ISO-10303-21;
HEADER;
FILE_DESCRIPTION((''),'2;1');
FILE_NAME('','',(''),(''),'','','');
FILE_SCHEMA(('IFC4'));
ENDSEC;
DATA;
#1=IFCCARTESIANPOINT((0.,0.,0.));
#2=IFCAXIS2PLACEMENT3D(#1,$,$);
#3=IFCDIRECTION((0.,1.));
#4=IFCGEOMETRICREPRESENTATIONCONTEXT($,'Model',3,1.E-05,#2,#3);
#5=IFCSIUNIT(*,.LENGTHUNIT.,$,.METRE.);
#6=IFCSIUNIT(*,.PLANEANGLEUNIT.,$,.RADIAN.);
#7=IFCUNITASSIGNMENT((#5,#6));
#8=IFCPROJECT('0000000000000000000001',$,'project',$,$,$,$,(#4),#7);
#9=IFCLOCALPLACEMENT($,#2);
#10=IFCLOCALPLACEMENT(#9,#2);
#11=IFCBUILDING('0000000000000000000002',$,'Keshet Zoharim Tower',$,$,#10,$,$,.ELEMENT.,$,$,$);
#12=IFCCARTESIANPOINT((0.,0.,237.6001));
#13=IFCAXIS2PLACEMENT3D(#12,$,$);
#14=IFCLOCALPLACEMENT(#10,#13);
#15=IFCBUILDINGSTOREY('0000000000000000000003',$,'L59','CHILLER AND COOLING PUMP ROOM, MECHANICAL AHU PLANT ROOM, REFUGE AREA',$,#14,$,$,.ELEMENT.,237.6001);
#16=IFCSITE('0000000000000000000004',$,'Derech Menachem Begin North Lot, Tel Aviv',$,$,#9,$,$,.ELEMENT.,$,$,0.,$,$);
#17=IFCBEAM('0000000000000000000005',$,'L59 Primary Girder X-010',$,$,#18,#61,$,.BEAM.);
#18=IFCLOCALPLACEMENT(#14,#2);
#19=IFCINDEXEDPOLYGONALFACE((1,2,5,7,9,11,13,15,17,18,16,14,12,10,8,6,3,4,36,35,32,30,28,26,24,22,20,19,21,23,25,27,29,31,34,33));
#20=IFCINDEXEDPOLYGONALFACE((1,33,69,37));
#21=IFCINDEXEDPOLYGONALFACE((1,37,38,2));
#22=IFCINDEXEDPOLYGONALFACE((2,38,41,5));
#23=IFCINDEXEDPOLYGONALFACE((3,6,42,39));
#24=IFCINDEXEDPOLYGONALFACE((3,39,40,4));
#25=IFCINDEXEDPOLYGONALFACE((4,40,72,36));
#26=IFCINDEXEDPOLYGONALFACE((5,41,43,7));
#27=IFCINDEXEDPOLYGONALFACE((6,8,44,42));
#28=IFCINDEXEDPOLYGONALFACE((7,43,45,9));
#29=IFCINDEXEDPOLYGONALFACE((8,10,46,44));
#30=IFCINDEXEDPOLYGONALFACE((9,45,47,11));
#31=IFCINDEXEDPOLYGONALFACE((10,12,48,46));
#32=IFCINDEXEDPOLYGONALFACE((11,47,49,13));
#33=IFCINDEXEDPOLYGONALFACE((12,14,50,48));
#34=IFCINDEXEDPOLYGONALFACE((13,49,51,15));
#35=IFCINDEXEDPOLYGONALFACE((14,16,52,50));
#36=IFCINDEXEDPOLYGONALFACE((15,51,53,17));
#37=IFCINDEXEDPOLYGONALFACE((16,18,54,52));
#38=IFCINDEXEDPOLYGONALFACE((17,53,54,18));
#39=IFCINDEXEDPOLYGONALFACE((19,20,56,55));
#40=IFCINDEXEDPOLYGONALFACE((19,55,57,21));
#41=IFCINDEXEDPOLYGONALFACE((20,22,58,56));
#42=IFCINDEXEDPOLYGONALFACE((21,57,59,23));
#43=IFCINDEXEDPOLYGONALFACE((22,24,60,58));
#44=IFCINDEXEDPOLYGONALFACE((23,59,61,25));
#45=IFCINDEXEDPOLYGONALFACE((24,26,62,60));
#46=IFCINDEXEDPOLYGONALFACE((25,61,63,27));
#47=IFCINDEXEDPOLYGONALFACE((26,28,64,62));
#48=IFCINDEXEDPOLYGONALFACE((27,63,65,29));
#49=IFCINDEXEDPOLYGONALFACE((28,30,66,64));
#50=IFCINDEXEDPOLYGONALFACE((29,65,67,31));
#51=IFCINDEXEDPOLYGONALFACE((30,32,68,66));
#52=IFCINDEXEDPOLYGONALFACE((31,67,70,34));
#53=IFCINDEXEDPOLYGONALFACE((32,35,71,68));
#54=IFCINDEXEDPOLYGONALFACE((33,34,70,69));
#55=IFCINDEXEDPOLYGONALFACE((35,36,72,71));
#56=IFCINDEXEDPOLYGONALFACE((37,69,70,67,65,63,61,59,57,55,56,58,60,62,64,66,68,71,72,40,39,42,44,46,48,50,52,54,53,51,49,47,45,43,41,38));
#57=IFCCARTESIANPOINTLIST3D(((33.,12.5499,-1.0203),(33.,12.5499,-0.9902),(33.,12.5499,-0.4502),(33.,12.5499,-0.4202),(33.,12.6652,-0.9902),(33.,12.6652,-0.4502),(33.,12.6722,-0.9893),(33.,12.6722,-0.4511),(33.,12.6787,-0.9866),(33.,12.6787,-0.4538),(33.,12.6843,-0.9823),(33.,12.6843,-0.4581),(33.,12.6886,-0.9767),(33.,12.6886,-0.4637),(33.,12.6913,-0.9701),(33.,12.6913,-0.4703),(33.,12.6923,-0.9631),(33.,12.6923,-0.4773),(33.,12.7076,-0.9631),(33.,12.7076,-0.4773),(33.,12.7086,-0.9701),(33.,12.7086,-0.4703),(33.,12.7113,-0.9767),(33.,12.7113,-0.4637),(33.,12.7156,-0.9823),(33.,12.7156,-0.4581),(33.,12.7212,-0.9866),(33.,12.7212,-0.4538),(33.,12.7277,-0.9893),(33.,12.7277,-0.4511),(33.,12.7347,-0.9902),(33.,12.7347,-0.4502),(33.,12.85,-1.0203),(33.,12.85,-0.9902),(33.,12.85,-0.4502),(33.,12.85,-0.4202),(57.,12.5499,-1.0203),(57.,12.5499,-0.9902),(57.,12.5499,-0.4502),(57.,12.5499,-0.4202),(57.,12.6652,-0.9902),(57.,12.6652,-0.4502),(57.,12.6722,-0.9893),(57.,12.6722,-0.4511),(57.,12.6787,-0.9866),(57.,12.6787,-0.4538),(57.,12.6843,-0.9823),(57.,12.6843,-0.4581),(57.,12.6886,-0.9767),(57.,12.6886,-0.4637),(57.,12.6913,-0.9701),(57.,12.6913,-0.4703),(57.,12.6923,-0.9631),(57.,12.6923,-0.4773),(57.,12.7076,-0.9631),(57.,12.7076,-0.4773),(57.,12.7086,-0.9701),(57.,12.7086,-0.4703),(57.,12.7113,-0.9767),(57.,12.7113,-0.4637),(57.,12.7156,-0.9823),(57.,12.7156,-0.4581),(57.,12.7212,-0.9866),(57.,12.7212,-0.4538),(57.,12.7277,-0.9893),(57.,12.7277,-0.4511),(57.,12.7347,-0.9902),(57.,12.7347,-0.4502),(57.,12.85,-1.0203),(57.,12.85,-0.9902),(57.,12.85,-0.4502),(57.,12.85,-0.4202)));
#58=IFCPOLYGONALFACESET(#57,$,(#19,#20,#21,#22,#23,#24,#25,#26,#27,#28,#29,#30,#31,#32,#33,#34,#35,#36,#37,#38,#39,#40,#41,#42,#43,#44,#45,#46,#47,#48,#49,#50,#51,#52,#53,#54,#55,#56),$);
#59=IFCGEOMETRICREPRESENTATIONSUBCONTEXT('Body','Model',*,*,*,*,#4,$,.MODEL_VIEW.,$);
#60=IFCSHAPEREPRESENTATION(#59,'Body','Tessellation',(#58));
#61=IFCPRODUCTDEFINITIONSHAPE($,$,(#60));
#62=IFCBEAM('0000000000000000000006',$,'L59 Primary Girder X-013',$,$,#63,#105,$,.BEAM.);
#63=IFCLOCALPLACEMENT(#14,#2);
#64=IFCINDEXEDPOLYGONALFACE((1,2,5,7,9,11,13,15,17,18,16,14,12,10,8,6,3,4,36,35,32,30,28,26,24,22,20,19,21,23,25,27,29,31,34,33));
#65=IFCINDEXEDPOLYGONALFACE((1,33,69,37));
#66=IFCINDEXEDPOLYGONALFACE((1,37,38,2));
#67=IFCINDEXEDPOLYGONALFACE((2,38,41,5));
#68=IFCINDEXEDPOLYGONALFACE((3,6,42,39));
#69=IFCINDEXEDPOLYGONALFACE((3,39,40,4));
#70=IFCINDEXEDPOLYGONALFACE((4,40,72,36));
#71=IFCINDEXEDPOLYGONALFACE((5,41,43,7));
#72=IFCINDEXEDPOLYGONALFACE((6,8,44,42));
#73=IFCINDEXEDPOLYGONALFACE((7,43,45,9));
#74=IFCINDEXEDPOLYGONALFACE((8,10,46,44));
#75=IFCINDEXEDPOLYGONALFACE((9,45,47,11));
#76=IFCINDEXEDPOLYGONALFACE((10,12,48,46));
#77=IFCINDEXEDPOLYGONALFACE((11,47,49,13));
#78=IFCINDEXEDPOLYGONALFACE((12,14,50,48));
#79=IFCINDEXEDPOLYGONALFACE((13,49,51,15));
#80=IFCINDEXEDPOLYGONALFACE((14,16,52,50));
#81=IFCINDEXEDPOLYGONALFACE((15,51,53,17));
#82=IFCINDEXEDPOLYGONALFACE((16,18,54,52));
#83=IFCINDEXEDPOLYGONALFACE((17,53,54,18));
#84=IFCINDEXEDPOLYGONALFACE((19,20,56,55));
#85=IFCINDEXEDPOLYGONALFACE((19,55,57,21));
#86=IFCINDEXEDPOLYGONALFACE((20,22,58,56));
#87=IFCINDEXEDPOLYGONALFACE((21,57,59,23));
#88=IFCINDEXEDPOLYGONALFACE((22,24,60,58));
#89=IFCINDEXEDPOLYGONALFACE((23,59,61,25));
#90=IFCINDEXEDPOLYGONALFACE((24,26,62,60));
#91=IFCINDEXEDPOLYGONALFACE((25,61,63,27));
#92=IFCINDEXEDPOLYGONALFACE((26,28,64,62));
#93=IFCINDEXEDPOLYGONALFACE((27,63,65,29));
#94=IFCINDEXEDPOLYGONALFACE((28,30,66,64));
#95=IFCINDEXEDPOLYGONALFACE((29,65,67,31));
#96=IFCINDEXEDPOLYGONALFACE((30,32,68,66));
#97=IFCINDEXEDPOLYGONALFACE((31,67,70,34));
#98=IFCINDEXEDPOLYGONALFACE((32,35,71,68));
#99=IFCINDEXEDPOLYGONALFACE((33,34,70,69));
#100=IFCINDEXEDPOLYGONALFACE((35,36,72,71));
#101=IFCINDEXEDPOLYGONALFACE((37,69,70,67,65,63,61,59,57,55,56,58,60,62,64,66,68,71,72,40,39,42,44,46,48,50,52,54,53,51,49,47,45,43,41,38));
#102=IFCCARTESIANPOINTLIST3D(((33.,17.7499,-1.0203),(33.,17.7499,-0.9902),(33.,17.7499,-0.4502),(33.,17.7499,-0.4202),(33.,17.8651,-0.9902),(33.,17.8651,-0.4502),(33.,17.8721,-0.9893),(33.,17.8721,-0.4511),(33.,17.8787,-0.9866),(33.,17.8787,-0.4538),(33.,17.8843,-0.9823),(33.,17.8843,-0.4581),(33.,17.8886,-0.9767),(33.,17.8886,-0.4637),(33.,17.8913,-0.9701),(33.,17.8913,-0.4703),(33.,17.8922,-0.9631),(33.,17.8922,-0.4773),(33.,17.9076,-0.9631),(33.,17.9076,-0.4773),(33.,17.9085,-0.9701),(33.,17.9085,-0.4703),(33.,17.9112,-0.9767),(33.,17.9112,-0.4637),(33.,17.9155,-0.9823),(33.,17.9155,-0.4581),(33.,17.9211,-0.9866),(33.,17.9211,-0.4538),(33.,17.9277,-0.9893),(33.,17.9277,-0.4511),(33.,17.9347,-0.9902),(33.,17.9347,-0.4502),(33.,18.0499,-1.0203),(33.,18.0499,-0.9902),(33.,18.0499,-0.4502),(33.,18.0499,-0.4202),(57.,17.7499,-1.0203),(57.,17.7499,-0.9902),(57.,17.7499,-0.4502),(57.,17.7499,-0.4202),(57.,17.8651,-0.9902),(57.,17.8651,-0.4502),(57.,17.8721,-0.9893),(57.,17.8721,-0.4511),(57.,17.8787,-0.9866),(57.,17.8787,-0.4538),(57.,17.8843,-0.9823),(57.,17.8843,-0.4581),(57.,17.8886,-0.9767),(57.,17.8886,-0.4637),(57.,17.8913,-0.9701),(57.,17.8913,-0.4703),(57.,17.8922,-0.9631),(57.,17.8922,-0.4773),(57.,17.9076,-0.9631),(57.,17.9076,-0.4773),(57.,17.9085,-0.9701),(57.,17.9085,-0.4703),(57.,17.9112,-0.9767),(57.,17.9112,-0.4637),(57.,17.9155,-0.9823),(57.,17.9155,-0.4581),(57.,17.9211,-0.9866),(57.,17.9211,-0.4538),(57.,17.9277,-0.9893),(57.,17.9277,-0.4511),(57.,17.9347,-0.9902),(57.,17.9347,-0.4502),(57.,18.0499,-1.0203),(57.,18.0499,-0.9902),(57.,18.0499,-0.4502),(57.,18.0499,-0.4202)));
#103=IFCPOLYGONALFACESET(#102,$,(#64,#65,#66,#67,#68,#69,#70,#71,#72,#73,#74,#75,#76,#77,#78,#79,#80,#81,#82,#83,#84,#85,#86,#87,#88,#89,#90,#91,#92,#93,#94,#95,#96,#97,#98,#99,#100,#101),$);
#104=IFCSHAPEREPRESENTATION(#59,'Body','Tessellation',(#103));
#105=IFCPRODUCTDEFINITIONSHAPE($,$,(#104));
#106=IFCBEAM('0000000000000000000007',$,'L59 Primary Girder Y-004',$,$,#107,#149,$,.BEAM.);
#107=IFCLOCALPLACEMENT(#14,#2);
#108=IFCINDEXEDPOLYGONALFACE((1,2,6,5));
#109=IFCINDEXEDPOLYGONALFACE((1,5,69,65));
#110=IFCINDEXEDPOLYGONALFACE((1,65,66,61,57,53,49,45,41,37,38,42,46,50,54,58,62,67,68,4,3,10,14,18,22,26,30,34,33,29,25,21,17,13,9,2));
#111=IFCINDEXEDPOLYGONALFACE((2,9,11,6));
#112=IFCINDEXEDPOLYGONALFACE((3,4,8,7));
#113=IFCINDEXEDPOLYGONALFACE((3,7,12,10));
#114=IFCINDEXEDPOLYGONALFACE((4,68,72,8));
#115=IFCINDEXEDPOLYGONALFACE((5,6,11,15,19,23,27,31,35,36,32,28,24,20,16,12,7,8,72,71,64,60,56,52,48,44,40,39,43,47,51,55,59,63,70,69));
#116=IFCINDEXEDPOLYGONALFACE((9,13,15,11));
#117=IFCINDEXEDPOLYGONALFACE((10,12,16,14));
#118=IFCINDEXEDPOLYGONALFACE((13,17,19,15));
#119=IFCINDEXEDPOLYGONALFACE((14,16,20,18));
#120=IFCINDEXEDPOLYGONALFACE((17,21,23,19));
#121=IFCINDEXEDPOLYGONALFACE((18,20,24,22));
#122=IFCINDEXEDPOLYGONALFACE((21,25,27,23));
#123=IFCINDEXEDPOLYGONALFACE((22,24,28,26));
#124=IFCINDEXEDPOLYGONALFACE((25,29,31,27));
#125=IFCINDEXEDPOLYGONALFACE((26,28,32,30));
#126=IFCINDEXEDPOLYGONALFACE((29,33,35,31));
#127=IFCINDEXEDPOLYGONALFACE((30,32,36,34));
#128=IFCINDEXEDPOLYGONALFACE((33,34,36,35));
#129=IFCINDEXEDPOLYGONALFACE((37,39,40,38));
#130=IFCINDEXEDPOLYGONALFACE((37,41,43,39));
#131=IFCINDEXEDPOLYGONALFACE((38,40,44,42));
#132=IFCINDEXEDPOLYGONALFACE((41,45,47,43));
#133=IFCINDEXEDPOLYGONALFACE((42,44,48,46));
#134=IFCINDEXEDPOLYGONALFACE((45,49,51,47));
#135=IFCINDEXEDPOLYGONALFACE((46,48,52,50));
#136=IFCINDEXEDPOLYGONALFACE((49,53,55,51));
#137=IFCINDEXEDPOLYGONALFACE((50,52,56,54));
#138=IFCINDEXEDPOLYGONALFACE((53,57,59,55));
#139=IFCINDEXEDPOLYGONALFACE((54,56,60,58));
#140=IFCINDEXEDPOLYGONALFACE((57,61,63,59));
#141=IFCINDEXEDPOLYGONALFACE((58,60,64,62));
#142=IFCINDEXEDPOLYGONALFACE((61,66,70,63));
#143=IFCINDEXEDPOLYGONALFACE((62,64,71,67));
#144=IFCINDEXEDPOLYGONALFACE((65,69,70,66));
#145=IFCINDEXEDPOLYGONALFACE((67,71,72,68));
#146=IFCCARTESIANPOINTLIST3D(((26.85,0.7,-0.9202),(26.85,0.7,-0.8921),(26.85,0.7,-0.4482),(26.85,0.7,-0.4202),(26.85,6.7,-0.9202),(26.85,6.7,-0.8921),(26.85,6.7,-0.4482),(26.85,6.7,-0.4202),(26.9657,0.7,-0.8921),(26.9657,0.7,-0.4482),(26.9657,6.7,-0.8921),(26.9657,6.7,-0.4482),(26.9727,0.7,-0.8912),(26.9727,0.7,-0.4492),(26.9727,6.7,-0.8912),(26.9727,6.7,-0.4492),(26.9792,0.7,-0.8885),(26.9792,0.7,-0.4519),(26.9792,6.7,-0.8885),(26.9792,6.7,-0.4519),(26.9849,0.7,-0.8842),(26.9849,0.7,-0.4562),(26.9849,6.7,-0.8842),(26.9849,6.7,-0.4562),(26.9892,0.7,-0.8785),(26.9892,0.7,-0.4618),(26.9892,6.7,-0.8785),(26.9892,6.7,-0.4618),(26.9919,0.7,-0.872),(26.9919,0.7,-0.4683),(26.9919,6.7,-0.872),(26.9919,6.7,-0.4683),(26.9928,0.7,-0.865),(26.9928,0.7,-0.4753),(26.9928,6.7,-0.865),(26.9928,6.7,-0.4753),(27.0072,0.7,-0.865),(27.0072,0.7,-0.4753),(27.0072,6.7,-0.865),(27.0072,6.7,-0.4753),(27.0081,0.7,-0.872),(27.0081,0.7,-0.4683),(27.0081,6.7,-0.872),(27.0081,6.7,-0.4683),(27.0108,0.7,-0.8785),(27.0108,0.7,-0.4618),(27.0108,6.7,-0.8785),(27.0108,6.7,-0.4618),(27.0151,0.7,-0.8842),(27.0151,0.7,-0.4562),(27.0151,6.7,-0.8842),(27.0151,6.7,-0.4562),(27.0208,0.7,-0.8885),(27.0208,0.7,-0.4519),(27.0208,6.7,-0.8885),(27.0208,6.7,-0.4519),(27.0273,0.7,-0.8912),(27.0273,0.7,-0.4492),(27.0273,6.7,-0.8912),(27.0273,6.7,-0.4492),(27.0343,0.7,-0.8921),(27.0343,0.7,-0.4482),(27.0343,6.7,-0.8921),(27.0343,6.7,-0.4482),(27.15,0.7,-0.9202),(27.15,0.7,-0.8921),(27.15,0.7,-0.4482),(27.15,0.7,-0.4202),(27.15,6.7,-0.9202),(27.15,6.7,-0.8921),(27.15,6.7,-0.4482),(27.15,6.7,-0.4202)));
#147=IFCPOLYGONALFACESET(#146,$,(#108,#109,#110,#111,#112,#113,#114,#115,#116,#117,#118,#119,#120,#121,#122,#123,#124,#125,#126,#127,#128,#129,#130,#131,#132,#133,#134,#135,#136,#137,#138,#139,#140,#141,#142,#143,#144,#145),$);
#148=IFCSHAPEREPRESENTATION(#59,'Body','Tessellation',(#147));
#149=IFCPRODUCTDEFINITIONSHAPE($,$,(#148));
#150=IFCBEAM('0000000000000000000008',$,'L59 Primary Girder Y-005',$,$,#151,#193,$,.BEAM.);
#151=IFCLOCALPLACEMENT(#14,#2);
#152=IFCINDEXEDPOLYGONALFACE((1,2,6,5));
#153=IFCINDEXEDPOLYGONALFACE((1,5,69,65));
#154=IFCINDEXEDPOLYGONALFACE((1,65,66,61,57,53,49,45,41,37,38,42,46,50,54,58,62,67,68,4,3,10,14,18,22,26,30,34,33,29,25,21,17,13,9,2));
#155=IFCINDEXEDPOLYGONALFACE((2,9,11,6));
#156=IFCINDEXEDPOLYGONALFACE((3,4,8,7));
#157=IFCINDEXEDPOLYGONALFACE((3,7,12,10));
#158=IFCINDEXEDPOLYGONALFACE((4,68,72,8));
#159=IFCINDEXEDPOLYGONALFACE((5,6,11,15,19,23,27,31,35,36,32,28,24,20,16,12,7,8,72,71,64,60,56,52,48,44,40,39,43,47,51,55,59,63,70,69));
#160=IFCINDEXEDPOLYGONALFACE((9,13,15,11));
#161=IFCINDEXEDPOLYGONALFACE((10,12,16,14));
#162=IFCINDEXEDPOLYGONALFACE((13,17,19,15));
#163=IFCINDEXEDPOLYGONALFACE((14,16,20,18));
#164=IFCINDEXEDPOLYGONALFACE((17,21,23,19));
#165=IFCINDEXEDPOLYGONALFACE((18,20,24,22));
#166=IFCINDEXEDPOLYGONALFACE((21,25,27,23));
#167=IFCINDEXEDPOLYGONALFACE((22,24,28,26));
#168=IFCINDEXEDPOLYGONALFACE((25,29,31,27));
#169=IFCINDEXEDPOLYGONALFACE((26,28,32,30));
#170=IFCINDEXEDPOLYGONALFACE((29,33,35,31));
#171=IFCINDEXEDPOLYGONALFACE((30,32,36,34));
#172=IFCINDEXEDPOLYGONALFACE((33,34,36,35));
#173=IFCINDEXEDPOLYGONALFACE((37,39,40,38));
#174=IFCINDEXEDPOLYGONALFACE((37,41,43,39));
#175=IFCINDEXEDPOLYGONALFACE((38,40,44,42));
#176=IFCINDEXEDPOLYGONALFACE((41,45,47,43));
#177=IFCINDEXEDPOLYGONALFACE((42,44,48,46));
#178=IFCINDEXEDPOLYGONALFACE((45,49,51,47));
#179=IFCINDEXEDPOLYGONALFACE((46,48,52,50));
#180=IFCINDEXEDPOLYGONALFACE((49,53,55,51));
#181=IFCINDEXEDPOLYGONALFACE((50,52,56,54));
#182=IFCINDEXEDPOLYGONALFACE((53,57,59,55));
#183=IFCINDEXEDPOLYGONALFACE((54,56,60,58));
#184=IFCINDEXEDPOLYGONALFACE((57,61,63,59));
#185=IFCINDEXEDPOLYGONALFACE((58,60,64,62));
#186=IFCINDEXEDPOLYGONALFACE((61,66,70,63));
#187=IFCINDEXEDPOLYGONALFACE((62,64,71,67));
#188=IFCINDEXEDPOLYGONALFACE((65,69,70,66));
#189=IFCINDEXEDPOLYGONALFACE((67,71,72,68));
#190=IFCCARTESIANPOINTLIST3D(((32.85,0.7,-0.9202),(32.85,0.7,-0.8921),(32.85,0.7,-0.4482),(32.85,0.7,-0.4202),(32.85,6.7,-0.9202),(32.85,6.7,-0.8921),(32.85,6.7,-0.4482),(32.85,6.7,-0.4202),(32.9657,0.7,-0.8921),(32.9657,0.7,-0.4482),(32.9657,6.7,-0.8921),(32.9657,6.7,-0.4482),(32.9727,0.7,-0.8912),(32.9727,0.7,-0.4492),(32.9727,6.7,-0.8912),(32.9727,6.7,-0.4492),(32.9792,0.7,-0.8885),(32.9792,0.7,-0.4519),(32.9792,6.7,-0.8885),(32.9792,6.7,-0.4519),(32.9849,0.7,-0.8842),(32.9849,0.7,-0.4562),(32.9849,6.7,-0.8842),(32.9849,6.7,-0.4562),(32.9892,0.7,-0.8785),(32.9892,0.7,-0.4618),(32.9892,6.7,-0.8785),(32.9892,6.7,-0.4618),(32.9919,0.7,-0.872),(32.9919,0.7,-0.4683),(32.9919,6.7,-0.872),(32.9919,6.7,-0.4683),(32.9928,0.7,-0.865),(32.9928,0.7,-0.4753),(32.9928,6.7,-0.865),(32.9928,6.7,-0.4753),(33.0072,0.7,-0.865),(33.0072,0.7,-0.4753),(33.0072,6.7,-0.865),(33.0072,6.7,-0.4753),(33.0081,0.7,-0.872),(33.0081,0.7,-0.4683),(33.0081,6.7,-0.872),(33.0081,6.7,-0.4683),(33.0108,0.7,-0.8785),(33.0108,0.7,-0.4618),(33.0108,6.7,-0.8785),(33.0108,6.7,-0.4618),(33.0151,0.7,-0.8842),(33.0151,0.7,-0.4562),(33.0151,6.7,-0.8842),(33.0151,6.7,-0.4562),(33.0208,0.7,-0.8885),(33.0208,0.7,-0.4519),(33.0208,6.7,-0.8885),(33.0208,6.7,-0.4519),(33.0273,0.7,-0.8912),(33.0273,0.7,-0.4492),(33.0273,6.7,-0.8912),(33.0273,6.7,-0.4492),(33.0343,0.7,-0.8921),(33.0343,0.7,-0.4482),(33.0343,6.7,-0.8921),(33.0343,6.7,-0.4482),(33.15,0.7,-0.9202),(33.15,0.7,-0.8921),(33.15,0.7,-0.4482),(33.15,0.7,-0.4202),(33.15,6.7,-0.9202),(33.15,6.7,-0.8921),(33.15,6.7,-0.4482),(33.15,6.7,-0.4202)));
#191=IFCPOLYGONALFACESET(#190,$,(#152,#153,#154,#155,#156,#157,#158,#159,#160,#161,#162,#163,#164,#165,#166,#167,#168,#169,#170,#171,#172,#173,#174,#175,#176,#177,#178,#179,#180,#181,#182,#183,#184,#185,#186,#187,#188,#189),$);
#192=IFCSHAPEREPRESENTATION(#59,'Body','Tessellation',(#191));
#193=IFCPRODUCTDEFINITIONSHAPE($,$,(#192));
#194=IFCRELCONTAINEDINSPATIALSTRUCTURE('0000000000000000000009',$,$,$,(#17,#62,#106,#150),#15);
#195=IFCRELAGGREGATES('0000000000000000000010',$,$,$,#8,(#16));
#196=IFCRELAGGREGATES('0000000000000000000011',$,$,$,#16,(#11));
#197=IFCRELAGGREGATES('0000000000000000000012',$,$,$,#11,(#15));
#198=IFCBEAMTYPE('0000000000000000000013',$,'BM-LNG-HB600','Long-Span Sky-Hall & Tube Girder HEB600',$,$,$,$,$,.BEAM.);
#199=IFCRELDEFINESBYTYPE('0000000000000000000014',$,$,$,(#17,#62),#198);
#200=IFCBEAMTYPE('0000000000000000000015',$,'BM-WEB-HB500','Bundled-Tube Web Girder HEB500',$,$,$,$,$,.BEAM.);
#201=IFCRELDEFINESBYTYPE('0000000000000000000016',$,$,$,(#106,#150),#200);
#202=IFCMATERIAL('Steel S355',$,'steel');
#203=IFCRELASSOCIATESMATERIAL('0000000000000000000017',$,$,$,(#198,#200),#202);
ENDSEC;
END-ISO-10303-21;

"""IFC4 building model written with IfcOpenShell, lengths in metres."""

from ifc_helpers import new_model, si_unit, direction, frame, origin, origin_2d, place, context, subcontext, project, spatial, i_section, extrude, material, material_profile, profile_set, type_object, element, save


model = new_model("IFC4")

# Units and contexts
model_context = context("Model", 3, precision=1e-05, world=origin(), true_north=direction((0.0, 1.0)))
body_context = subcontext(model_context, "Body", "Model", "MODEL_VIEW")
ifc_project = project(units=[si_unit("LENGTHUNIT", "METRE"), si_unit("PLANEANGLEUNIT", "RADIAN")], contexts=[model_context])

# Site, building, storey
site_placement = place(None, origin())
site = spatial("IfcSite", under=ifc_project, at=site_placement, Name="Derech Menachem Begin North Lot, Tel Aviv", CompositionType="ELEMENT", RefElevation=0.0)
building_placement = place(site_placement, origin())
building = spatial("IfcBuilding", under=site, at=building_placement, Name="Keshet Zoharim Tower", CompositionType="ELEMENT")
storey_placement = place(building_placement, frame((0.0, 0.0, 237.6001)))
storey = spatial("IfcBuildingStorey", under=building, at=storey_placement, Name="L59", Description="CHILLER AND COOLING PUMP ROOM, MECHANICAL AHU PLANT ROOM, REFUGE AREA", CompositionType="ELEMENT", Elevation=237.6001)

# Shared definitions
ifc_material_1 = material(Name="Steel S355", Category="steel")

# Beams
ifc_material_profile_1 = material_profile(ifc_material_1, i_section(OverallWidth=0.3, OverallDepth=0.6001, WebThickness=0.0154, FlangeThickness=0.03, FilletRadius=0.0271, at=origin_2d()), Name="HEB600")
ifc_profile_set_1 = profile_set([ifc_material_profile_1], Name="Steel S355")
beam_type_1 = type_object("IfcBeamType", Name="BM-LNG-HB600", Description="Long-Span Sky-Hall & Tube Girder HEB600", PredefinedType="BEAM", material=ifc_profile_set_1)
for number, where, z_axis, x_axis, name in (
    (1, (33.0, 12.7, -0.7202), (1.0, 0.0, 0.0), (0.0, 1.0, 0.0), "L59 Primary Girder X-010"),
    (2, (33.0, 17.8999, -0.7202), (1.0, 0.0, 0.0), (0.0, 1.0, 0.0), "L59 Primary Girder X-013"),
):
    element("IfcBeam", number, at=place(storey_placement, frame(where, z_axis=z_axis, x_axis=x_axis)), inside=storey, type_object=beam_type_1, Name=name, PredefinedType="BEAM", context=body_context, shape_type="SweptSolid", body=[
        extrude(i_section(OverallWidth=0.3, OverallDepth=0.6001, WebThickness=0.0154, FlangeThickness=0.03, FilletRadius=0.0271, at=origin_2d()), origin(), (0.0, 0.0, 1.0), 24.0),
    ])
ifc_material_profile_2 = material_profile(ifc_material_1, i_section(OverallWidth=0.3, OverallDepth=0.5, WebThickness=0.0144, FlangeThickness=0.0281, FilletRadius=0.0271, at=origin_2d()), Name="HEB500")
ifc_profile_set_2 = profile_set([ifc_material_profile_2], Name="Steel S355")
beam_type_2 = type_object("IfcBeamType", Name="BM-WEB-HB500", Description="Bundled-Tube Web Girder HEB500", PredefinedType="BEAM", material=ifc_profile_set_2)
for number, where, z_axis, x_axis, name in (
    (3, (27.0, 0.7, -0.6702), (0.0, 1.0, 0.0), (-1.0, 0.0, 0.0), "L59 Primary Girder Y-004"),
    (4, (33.0, 0.7, -0.6702), (0.0, 1.0, 0.0), (-1.0, 0.0, 0.0), "L59 Primary Girder Y-005"),
):
    element("IfcBeam", number, at=place(storey_placement, frame(where, z_axis=z_axis, x_axis=x_axis)), inside=storey, type_object=beam_type_2, Name=name, PredefinedType="BEAM", context=body_context, shape_type="SweptSolid", body=[
        extrude(i_section(OverallWidth=0.3, OverallDepth=0.5, WebThickness=0.0144, FlangeThickness=0.0281, FilletRadius=0.0271, at=origin_2d()), origin(), (0.0, 0.0, 1.0), 6.0),
    ])

save(model, "model.ifc")
